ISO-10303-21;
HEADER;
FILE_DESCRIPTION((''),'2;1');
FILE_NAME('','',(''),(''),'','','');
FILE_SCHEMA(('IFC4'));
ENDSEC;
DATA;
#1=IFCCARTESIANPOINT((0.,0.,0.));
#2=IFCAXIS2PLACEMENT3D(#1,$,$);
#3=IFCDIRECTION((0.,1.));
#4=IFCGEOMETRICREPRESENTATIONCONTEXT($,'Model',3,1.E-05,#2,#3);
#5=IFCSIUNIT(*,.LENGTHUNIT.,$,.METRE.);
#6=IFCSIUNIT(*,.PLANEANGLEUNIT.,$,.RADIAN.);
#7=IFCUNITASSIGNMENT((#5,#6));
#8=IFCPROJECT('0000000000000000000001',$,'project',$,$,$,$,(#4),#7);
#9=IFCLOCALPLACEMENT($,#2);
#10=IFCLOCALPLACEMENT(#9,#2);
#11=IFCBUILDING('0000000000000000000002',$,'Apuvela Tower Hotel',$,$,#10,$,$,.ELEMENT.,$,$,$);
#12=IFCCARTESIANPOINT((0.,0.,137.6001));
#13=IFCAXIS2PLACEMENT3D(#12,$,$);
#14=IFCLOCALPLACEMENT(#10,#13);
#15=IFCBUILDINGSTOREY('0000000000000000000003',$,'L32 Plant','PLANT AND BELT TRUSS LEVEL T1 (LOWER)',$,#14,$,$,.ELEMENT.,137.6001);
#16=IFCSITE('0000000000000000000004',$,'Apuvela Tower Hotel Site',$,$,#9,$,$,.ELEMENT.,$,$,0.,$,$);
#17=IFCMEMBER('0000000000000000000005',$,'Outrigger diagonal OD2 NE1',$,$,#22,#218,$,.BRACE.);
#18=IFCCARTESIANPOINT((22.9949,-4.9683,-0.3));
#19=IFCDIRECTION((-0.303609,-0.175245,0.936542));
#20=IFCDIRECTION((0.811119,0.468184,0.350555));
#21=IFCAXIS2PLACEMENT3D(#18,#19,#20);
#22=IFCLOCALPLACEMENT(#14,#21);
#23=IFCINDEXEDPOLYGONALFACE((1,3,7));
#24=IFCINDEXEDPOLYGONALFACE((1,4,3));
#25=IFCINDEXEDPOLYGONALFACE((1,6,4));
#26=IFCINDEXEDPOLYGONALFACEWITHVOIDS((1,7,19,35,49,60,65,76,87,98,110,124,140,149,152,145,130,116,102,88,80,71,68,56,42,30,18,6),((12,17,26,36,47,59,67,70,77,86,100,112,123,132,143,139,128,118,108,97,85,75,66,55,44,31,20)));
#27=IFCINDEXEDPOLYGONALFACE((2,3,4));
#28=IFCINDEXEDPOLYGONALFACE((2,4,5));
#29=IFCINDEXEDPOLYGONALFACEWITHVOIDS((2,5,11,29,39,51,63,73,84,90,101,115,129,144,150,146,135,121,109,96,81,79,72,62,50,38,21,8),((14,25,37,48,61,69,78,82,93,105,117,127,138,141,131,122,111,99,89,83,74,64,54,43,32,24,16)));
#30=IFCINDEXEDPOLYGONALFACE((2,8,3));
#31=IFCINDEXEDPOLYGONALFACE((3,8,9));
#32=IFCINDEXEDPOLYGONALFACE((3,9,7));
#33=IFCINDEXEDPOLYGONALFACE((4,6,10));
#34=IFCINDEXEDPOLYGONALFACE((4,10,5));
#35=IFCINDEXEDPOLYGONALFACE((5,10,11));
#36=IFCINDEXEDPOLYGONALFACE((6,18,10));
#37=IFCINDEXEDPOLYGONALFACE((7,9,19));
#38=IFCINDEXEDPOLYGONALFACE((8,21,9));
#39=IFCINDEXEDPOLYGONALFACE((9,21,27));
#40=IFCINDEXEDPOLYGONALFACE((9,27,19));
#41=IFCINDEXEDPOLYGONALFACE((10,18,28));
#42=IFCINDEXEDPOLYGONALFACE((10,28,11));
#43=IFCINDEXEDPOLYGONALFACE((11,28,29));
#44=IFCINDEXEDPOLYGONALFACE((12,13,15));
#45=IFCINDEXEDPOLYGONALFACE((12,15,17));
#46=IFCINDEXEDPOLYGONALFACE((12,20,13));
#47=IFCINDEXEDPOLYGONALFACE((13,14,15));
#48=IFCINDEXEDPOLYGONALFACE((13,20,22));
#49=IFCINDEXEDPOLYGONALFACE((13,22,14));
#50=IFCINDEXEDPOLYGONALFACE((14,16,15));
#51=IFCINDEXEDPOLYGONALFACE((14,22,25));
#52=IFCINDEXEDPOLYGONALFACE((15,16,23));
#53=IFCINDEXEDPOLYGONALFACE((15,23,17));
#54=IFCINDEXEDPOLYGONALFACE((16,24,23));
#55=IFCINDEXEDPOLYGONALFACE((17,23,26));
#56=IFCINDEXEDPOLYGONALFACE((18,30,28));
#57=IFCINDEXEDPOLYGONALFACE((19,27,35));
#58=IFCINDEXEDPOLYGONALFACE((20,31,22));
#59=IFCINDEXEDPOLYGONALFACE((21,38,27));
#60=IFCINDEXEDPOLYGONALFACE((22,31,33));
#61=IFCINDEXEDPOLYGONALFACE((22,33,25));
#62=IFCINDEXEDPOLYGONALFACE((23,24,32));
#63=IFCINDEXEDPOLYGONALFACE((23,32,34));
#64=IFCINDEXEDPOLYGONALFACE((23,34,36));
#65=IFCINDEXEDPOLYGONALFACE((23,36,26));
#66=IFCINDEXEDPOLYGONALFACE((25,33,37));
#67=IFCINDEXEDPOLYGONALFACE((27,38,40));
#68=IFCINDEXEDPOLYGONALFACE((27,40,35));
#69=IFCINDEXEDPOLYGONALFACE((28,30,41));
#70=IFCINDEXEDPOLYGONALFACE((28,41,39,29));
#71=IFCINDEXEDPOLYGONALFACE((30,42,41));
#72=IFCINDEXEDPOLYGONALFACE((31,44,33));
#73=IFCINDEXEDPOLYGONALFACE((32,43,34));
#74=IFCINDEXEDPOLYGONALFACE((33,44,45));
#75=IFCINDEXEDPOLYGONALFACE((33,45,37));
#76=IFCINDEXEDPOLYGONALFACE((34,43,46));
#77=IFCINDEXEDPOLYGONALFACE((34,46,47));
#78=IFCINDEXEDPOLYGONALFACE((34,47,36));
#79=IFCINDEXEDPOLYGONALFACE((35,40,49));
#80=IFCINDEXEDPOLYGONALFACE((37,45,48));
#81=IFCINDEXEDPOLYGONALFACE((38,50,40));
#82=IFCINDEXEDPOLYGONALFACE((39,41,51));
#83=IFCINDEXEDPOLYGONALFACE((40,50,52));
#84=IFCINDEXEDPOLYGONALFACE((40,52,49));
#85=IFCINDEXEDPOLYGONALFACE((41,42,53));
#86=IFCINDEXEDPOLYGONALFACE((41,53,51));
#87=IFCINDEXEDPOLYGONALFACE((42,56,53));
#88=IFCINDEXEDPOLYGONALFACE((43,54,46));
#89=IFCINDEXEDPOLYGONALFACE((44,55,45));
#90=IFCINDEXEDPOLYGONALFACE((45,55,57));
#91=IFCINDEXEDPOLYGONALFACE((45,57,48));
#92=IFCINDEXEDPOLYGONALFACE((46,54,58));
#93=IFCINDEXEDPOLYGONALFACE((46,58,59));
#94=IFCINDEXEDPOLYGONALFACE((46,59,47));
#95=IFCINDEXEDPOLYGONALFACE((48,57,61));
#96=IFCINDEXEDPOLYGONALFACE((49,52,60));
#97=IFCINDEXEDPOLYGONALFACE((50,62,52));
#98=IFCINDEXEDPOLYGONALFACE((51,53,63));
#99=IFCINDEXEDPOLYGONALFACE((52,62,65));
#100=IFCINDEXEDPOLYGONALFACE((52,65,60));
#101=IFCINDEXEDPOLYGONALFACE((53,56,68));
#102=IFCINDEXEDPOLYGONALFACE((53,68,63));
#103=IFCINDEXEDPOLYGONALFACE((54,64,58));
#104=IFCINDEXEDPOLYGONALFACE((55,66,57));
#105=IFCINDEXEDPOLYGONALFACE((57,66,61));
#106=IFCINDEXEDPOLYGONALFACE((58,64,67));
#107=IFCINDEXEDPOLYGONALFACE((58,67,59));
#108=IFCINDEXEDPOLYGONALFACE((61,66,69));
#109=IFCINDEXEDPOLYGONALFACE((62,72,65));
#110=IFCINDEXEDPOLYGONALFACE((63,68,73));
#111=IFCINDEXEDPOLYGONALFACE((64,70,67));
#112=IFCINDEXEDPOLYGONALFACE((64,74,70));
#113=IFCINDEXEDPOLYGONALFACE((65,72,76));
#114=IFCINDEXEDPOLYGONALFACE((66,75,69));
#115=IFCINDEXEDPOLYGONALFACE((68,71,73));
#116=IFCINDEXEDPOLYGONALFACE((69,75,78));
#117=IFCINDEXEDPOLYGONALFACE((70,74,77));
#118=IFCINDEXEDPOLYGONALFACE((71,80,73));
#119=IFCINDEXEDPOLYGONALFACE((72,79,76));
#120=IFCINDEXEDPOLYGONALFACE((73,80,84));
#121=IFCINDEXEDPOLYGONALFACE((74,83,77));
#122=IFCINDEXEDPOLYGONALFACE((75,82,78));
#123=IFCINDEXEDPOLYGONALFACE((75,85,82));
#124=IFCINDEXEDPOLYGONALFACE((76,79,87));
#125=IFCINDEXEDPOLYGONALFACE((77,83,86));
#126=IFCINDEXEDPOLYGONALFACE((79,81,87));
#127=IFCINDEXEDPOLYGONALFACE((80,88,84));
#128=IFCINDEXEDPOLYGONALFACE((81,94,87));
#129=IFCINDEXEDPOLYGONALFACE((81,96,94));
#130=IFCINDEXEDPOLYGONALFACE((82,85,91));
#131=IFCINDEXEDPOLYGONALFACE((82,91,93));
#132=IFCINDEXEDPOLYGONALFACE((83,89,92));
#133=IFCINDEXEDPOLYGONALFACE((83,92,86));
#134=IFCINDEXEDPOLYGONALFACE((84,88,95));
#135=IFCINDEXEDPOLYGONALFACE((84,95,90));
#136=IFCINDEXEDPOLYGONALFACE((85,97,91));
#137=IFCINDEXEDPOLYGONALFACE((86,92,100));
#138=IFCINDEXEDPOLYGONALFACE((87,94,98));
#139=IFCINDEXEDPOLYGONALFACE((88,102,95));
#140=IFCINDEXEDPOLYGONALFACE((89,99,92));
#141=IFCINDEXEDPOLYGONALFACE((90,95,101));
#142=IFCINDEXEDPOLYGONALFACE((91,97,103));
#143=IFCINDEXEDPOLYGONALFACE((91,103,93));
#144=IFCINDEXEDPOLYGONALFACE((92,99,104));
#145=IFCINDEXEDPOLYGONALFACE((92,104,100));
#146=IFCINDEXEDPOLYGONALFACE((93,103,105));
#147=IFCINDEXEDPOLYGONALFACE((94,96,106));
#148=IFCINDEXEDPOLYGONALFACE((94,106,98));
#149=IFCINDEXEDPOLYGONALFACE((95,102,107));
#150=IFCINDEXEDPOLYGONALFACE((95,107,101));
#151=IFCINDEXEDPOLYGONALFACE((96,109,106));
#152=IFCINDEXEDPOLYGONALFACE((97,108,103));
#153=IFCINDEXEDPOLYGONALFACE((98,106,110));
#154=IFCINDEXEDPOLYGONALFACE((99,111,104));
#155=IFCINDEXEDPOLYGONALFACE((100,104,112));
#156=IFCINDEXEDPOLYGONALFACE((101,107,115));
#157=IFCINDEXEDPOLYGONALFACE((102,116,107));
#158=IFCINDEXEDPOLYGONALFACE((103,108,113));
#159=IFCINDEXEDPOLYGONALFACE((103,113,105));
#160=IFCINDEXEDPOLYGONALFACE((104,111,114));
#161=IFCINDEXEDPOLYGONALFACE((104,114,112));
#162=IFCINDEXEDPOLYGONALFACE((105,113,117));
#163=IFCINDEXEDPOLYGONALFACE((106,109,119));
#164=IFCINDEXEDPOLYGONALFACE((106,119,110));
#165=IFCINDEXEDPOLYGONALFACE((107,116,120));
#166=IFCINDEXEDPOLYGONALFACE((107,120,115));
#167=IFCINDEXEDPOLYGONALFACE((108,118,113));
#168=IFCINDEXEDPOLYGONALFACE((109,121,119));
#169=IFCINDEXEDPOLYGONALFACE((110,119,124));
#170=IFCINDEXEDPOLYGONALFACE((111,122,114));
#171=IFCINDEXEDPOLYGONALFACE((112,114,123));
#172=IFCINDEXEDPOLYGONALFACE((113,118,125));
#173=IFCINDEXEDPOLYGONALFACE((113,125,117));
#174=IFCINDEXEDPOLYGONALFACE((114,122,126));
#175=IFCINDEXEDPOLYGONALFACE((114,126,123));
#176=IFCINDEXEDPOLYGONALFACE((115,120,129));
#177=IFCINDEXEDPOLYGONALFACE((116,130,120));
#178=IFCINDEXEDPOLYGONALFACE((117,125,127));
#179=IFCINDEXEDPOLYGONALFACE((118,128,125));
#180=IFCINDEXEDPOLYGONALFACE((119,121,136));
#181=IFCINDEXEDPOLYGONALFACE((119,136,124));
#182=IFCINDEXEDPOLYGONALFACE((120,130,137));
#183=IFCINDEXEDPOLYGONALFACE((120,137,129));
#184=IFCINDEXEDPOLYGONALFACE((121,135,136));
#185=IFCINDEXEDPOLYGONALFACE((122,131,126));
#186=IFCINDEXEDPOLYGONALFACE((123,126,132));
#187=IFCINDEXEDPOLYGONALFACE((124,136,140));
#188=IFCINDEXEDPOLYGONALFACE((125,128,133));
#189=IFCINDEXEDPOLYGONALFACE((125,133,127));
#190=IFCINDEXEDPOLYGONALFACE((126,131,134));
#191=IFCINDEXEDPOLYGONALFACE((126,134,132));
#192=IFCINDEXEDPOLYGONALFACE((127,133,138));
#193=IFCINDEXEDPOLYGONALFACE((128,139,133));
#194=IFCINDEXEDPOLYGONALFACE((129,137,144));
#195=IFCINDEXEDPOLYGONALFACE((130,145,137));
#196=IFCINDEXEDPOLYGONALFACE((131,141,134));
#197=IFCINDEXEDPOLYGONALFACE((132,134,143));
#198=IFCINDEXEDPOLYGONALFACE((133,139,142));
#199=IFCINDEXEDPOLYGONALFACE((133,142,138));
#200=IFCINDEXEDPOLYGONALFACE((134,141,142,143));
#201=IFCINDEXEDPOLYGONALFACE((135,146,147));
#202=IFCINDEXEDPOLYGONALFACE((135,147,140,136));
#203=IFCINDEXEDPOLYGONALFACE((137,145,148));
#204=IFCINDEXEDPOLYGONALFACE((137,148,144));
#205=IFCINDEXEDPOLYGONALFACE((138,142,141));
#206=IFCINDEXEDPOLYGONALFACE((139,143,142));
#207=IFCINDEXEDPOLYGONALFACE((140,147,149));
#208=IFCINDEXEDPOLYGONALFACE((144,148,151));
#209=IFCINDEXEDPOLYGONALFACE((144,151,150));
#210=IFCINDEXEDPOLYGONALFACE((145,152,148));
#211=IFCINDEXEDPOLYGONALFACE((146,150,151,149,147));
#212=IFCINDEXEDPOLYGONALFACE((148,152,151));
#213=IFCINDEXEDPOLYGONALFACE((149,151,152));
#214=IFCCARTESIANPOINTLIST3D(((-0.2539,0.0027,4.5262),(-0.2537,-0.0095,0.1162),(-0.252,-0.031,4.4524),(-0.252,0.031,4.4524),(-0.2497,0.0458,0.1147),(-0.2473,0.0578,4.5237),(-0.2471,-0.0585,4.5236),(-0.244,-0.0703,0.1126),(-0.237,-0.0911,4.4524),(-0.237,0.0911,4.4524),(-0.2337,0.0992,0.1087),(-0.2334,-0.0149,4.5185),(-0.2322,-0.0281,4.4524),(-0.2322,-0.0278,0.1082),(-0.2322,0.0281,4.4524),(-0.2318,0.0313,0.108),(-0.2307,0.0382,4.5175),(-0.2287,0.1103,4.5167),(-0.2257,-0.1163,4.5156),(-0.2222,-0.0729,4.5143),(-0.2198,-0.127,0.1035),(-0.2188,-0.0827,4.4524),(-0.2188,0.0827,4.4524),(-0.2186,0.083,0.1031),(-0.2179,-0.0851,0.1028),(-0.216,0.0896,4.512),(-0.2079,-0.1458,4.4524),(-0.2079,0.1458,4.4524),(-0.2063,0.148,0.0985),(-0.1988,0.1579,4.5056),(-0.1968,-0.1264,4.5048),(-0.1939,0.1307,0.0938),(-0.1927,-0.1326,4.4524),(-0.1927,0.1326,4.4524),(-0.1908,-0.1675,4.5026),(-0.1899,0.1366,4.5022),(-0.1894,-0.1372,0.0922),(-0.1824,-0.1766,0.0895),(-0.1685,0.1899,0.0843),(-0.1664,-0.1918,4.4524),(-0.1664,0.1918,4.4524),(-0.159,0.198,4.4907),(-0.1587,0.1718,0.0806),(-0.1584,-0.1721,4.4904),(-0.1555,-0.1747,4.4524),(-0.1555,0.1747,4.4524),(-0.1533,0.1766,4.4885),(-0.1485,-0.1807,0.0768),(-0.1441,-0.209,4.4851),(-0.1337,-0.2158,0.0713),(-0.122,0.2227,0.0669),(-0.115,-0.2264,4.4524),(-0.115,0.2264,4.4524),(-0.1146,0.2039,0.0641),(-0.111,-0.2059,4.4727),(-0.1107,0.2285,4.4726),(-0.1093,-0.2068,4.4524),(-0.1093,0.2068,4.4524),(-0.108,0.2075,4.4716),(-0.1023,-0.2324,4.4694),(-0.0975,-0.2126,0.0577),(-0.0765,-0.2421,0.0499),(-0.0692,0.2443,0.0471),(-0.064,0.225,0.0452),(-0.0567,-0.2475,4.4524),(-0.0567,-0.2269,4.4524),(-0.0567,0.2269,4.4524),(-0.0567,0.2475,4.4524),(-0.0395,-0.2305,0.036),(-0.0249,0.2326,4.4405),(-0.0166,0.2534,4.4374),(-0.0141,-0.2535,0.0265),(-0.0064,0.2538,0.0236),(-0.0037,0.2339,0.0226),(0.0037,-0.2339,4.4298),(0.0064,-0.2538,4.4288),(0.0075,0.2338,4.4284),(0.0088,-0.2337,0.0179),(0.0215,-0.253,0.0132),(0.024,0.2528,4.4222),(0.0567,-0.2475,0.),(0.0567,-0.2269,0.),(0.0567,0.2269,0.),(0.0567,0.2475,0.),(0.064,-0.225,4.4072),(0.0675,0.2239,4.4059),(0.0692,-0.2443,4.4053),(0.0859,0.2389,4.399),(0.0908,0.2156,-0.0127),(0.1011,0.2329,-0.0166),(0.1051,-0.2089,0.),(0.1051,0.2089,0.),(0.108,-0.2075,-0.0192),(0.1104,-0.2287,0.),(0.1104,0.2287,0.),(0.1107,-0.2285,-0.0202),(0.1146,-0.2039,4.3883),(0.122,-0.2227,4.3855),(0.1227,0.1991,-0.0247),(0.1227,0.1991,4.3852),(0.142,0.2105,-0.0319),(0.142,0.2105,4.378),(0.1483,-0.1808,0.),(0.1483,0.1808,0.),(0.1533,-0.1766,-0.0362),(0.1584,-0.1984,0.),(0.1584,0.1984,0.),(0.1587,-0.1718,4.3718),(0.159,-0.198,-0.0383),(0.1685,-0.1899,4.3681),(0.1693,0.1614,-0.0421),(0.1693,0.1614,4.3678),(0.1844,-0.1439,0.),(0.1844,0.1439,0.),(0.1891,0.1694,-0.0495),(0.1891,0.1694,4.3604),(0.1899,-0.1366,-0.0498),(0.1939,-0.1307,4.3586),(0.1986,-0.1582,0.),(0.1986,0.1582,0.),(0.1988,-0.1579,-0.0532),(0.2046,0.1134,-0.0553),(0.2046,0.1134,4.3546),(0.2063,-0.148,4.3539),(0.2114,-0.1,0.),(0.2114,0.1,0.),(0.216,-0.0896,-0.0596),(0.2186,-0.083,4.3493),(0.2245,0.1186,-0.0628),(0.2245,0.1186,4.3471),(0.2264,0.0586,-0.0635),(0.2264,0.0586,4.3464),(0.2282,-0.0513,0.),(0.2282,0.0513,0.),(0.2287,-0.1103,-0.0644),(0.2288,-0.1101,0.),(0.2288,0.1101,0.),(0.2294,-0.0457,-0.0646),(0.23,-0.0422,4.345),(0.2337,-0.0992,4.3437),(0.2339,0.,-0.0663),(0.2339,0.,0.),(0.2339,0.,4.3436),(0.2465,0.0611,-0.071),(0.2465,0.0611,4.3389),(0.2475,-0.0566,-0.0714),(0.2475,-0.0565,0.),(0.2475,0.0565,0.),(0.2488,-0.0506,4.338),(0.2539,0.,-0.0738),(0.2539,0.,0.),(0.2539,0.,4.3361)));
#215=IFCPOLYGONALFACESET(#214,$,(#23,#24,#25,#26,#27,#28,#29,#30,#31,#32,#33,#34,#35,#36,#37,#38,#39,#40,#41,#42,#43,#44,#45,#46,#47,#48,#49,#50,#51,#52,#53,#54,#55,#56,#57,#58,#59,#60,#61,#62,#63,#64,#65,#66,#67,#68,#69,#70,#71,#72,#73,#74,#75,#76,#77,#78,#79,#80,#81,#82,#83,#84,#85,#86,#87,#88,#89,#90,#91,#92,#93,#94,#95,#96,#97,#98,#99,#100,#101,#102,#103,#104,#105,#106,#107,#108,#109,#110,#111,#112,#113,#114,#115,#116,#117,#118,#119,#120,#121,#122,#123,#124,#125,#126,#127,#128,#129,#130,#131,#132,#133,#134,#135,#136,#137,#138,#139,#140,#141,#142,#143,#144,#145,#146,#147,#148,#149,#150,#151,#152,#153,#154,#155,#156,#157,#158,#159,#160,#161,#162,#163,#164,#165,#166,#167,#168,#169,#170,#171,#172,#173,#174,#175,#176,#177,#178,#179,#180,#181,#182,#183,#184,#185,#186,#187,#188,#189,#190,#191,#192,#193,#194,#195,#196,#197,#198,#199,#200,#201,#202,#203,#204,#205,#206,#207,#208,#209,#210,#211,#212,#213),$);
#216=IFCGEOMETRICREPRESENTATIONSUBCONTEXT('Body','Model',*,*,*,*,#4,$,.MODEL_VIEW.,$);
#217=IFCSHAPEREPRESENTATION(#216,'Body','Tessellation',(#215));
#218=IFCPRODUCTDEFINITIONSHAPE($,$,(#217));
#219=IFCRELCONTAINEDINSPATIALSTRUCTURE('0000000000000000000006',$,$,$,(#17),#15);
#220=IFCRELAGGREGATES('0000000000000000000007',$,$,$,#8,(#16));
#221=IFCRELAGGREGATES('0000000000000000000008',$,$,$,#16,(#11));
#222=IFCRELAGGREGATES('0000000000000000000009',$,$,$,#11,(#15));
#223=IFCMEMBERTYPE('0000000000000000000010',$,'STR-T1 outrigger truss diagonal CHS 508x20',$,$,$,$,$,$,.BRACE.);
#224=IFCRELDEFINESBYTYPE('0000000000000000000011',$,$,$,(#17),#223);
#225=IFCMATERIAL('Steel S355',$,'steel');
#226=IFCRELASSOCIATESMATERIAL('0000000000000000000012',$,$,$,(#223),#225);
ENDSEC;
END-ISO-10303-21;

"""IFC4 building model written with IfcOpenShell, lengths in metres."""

from ifc_helpers import new_model, si_unit, direction, frame, origin, origin_2d, place, context, subcontext, project, spatial, hollow_circle, extrude, boolean, halfspace, material, material_profile, profile_set, type_object, element, save


model = new_model("IFC4")

# Units and contexts
model_context = context("Model", 3, precision=1e-05, world=origin(), true_north=direction((0.0, 1.0)))
body_context = subcontext(model_context, "Body", "Model", "MODEL_VIEW")
ifc_project = project(units=[si_unit("LENGTHUNIT", "METRE"), si_unit("PLANEANGLEUNIT", "RADIAN")], contexts=[model_context])

# Site, building, storey
site_placement = place(None, origin())
site = spatial("IfcSite", under=ifc_project, at=site_placement, Name="Apuvela Tower Hotel Site", CompositionType="ELEMENT", RefElevation=0.0)
building_placement = place(site_placement, origin())
building = spatial("IfcBuilding", under=site, at=building_placement, Name="Apuvela Tower Hotel", CompositionType="ELEMENT")
storey_placement = place(building_placement, frame((0.0, 0.0, 137.6001)))
storey = spatial("IfcBuildingStorey", under=building, at=storey_placement, Name="L32 Plant", Description="PLANT AND BELT TRUSS LEVEL T1 (LOWER)", CompositionType="ELEMENT", Elevation=137.6001)

# Member
ifc_material_1 = material(Name="Steel S355", Category="steel")
ifc_material_profile_1 = material_profile(ifc_material_1, hollow_circle(Radius=0.2539, WallThickness=0.02, at=origin_2d()), Name="CHS 508x20")
ifc_profile_set_1 = profile_set([ifc_material_profile_1], Name="Steel S355")
member_type_1 = type_object("IfcMemberType", Name="STR-T1 outrigger truss diagonal CHS 508x20", PredefinedType="BRACE", material=ifc_profile_set_1)
member_1_placement = place(storey_placement, frame((22.9949, -4.9683, -0.3), z_axis=(-0.303609, -0.175245, 0.936542), x_axis=(0.811119, 0.468184, 0.350555)))
solid_1 = boolean("DIFFERENCE", boolean("DIFFERENCE", extrude(hollow_circle(Radius=0.2539, WallThickness=0.02, at=origin_2d()), frame((0.0, 0.0, -0.2151)), (0.0, 0.0, 1.0), 4.8826), halfspace(frame((0.0, 0.0, 0.0212), z_axis=(0.350555, 0.0, 0.936542), x_axis=(0.936542, 0.0, -0.350555)), True)), halfspace(frame((0.0, 0.0, 4.4312), z_axis=(0.350555, 0.0, 0.936542), x_axis=(0.936542, 0.0, -0.350555)), False))
element("IfcMember", 1, at=member_1_placement, inside=storey, type_object=member_type_1, Name="Outrigger diagonal OD2 NE1", PredefinedType="BRACE", context=body_context, shape_type="SweptSolid", body=[
    boolean("UNION", boolean("DIFFERENCE", boolean("DIFFERENCE", extrude(hollow_circle(Radius=0.2539, WallThickness=0.02, at=origin_2d()), origin(), (0.0, 0.0, 1.0), 4.4524), halfspace(frame((0.0, 0.0, 0.0212), z_axis=(0.350555, 0.0, 0.936542), x_axis=(0.936542, 0.0, -0.350555)), True)), halfspace(frame((0.0, 0.0, 4.4312), z_axis=(0.350555, 0.0, 0.936542), x_axis=(0.936542, 0.0, -0.350555)), False)), solid_1),
])

save(model, "model.ifc")
